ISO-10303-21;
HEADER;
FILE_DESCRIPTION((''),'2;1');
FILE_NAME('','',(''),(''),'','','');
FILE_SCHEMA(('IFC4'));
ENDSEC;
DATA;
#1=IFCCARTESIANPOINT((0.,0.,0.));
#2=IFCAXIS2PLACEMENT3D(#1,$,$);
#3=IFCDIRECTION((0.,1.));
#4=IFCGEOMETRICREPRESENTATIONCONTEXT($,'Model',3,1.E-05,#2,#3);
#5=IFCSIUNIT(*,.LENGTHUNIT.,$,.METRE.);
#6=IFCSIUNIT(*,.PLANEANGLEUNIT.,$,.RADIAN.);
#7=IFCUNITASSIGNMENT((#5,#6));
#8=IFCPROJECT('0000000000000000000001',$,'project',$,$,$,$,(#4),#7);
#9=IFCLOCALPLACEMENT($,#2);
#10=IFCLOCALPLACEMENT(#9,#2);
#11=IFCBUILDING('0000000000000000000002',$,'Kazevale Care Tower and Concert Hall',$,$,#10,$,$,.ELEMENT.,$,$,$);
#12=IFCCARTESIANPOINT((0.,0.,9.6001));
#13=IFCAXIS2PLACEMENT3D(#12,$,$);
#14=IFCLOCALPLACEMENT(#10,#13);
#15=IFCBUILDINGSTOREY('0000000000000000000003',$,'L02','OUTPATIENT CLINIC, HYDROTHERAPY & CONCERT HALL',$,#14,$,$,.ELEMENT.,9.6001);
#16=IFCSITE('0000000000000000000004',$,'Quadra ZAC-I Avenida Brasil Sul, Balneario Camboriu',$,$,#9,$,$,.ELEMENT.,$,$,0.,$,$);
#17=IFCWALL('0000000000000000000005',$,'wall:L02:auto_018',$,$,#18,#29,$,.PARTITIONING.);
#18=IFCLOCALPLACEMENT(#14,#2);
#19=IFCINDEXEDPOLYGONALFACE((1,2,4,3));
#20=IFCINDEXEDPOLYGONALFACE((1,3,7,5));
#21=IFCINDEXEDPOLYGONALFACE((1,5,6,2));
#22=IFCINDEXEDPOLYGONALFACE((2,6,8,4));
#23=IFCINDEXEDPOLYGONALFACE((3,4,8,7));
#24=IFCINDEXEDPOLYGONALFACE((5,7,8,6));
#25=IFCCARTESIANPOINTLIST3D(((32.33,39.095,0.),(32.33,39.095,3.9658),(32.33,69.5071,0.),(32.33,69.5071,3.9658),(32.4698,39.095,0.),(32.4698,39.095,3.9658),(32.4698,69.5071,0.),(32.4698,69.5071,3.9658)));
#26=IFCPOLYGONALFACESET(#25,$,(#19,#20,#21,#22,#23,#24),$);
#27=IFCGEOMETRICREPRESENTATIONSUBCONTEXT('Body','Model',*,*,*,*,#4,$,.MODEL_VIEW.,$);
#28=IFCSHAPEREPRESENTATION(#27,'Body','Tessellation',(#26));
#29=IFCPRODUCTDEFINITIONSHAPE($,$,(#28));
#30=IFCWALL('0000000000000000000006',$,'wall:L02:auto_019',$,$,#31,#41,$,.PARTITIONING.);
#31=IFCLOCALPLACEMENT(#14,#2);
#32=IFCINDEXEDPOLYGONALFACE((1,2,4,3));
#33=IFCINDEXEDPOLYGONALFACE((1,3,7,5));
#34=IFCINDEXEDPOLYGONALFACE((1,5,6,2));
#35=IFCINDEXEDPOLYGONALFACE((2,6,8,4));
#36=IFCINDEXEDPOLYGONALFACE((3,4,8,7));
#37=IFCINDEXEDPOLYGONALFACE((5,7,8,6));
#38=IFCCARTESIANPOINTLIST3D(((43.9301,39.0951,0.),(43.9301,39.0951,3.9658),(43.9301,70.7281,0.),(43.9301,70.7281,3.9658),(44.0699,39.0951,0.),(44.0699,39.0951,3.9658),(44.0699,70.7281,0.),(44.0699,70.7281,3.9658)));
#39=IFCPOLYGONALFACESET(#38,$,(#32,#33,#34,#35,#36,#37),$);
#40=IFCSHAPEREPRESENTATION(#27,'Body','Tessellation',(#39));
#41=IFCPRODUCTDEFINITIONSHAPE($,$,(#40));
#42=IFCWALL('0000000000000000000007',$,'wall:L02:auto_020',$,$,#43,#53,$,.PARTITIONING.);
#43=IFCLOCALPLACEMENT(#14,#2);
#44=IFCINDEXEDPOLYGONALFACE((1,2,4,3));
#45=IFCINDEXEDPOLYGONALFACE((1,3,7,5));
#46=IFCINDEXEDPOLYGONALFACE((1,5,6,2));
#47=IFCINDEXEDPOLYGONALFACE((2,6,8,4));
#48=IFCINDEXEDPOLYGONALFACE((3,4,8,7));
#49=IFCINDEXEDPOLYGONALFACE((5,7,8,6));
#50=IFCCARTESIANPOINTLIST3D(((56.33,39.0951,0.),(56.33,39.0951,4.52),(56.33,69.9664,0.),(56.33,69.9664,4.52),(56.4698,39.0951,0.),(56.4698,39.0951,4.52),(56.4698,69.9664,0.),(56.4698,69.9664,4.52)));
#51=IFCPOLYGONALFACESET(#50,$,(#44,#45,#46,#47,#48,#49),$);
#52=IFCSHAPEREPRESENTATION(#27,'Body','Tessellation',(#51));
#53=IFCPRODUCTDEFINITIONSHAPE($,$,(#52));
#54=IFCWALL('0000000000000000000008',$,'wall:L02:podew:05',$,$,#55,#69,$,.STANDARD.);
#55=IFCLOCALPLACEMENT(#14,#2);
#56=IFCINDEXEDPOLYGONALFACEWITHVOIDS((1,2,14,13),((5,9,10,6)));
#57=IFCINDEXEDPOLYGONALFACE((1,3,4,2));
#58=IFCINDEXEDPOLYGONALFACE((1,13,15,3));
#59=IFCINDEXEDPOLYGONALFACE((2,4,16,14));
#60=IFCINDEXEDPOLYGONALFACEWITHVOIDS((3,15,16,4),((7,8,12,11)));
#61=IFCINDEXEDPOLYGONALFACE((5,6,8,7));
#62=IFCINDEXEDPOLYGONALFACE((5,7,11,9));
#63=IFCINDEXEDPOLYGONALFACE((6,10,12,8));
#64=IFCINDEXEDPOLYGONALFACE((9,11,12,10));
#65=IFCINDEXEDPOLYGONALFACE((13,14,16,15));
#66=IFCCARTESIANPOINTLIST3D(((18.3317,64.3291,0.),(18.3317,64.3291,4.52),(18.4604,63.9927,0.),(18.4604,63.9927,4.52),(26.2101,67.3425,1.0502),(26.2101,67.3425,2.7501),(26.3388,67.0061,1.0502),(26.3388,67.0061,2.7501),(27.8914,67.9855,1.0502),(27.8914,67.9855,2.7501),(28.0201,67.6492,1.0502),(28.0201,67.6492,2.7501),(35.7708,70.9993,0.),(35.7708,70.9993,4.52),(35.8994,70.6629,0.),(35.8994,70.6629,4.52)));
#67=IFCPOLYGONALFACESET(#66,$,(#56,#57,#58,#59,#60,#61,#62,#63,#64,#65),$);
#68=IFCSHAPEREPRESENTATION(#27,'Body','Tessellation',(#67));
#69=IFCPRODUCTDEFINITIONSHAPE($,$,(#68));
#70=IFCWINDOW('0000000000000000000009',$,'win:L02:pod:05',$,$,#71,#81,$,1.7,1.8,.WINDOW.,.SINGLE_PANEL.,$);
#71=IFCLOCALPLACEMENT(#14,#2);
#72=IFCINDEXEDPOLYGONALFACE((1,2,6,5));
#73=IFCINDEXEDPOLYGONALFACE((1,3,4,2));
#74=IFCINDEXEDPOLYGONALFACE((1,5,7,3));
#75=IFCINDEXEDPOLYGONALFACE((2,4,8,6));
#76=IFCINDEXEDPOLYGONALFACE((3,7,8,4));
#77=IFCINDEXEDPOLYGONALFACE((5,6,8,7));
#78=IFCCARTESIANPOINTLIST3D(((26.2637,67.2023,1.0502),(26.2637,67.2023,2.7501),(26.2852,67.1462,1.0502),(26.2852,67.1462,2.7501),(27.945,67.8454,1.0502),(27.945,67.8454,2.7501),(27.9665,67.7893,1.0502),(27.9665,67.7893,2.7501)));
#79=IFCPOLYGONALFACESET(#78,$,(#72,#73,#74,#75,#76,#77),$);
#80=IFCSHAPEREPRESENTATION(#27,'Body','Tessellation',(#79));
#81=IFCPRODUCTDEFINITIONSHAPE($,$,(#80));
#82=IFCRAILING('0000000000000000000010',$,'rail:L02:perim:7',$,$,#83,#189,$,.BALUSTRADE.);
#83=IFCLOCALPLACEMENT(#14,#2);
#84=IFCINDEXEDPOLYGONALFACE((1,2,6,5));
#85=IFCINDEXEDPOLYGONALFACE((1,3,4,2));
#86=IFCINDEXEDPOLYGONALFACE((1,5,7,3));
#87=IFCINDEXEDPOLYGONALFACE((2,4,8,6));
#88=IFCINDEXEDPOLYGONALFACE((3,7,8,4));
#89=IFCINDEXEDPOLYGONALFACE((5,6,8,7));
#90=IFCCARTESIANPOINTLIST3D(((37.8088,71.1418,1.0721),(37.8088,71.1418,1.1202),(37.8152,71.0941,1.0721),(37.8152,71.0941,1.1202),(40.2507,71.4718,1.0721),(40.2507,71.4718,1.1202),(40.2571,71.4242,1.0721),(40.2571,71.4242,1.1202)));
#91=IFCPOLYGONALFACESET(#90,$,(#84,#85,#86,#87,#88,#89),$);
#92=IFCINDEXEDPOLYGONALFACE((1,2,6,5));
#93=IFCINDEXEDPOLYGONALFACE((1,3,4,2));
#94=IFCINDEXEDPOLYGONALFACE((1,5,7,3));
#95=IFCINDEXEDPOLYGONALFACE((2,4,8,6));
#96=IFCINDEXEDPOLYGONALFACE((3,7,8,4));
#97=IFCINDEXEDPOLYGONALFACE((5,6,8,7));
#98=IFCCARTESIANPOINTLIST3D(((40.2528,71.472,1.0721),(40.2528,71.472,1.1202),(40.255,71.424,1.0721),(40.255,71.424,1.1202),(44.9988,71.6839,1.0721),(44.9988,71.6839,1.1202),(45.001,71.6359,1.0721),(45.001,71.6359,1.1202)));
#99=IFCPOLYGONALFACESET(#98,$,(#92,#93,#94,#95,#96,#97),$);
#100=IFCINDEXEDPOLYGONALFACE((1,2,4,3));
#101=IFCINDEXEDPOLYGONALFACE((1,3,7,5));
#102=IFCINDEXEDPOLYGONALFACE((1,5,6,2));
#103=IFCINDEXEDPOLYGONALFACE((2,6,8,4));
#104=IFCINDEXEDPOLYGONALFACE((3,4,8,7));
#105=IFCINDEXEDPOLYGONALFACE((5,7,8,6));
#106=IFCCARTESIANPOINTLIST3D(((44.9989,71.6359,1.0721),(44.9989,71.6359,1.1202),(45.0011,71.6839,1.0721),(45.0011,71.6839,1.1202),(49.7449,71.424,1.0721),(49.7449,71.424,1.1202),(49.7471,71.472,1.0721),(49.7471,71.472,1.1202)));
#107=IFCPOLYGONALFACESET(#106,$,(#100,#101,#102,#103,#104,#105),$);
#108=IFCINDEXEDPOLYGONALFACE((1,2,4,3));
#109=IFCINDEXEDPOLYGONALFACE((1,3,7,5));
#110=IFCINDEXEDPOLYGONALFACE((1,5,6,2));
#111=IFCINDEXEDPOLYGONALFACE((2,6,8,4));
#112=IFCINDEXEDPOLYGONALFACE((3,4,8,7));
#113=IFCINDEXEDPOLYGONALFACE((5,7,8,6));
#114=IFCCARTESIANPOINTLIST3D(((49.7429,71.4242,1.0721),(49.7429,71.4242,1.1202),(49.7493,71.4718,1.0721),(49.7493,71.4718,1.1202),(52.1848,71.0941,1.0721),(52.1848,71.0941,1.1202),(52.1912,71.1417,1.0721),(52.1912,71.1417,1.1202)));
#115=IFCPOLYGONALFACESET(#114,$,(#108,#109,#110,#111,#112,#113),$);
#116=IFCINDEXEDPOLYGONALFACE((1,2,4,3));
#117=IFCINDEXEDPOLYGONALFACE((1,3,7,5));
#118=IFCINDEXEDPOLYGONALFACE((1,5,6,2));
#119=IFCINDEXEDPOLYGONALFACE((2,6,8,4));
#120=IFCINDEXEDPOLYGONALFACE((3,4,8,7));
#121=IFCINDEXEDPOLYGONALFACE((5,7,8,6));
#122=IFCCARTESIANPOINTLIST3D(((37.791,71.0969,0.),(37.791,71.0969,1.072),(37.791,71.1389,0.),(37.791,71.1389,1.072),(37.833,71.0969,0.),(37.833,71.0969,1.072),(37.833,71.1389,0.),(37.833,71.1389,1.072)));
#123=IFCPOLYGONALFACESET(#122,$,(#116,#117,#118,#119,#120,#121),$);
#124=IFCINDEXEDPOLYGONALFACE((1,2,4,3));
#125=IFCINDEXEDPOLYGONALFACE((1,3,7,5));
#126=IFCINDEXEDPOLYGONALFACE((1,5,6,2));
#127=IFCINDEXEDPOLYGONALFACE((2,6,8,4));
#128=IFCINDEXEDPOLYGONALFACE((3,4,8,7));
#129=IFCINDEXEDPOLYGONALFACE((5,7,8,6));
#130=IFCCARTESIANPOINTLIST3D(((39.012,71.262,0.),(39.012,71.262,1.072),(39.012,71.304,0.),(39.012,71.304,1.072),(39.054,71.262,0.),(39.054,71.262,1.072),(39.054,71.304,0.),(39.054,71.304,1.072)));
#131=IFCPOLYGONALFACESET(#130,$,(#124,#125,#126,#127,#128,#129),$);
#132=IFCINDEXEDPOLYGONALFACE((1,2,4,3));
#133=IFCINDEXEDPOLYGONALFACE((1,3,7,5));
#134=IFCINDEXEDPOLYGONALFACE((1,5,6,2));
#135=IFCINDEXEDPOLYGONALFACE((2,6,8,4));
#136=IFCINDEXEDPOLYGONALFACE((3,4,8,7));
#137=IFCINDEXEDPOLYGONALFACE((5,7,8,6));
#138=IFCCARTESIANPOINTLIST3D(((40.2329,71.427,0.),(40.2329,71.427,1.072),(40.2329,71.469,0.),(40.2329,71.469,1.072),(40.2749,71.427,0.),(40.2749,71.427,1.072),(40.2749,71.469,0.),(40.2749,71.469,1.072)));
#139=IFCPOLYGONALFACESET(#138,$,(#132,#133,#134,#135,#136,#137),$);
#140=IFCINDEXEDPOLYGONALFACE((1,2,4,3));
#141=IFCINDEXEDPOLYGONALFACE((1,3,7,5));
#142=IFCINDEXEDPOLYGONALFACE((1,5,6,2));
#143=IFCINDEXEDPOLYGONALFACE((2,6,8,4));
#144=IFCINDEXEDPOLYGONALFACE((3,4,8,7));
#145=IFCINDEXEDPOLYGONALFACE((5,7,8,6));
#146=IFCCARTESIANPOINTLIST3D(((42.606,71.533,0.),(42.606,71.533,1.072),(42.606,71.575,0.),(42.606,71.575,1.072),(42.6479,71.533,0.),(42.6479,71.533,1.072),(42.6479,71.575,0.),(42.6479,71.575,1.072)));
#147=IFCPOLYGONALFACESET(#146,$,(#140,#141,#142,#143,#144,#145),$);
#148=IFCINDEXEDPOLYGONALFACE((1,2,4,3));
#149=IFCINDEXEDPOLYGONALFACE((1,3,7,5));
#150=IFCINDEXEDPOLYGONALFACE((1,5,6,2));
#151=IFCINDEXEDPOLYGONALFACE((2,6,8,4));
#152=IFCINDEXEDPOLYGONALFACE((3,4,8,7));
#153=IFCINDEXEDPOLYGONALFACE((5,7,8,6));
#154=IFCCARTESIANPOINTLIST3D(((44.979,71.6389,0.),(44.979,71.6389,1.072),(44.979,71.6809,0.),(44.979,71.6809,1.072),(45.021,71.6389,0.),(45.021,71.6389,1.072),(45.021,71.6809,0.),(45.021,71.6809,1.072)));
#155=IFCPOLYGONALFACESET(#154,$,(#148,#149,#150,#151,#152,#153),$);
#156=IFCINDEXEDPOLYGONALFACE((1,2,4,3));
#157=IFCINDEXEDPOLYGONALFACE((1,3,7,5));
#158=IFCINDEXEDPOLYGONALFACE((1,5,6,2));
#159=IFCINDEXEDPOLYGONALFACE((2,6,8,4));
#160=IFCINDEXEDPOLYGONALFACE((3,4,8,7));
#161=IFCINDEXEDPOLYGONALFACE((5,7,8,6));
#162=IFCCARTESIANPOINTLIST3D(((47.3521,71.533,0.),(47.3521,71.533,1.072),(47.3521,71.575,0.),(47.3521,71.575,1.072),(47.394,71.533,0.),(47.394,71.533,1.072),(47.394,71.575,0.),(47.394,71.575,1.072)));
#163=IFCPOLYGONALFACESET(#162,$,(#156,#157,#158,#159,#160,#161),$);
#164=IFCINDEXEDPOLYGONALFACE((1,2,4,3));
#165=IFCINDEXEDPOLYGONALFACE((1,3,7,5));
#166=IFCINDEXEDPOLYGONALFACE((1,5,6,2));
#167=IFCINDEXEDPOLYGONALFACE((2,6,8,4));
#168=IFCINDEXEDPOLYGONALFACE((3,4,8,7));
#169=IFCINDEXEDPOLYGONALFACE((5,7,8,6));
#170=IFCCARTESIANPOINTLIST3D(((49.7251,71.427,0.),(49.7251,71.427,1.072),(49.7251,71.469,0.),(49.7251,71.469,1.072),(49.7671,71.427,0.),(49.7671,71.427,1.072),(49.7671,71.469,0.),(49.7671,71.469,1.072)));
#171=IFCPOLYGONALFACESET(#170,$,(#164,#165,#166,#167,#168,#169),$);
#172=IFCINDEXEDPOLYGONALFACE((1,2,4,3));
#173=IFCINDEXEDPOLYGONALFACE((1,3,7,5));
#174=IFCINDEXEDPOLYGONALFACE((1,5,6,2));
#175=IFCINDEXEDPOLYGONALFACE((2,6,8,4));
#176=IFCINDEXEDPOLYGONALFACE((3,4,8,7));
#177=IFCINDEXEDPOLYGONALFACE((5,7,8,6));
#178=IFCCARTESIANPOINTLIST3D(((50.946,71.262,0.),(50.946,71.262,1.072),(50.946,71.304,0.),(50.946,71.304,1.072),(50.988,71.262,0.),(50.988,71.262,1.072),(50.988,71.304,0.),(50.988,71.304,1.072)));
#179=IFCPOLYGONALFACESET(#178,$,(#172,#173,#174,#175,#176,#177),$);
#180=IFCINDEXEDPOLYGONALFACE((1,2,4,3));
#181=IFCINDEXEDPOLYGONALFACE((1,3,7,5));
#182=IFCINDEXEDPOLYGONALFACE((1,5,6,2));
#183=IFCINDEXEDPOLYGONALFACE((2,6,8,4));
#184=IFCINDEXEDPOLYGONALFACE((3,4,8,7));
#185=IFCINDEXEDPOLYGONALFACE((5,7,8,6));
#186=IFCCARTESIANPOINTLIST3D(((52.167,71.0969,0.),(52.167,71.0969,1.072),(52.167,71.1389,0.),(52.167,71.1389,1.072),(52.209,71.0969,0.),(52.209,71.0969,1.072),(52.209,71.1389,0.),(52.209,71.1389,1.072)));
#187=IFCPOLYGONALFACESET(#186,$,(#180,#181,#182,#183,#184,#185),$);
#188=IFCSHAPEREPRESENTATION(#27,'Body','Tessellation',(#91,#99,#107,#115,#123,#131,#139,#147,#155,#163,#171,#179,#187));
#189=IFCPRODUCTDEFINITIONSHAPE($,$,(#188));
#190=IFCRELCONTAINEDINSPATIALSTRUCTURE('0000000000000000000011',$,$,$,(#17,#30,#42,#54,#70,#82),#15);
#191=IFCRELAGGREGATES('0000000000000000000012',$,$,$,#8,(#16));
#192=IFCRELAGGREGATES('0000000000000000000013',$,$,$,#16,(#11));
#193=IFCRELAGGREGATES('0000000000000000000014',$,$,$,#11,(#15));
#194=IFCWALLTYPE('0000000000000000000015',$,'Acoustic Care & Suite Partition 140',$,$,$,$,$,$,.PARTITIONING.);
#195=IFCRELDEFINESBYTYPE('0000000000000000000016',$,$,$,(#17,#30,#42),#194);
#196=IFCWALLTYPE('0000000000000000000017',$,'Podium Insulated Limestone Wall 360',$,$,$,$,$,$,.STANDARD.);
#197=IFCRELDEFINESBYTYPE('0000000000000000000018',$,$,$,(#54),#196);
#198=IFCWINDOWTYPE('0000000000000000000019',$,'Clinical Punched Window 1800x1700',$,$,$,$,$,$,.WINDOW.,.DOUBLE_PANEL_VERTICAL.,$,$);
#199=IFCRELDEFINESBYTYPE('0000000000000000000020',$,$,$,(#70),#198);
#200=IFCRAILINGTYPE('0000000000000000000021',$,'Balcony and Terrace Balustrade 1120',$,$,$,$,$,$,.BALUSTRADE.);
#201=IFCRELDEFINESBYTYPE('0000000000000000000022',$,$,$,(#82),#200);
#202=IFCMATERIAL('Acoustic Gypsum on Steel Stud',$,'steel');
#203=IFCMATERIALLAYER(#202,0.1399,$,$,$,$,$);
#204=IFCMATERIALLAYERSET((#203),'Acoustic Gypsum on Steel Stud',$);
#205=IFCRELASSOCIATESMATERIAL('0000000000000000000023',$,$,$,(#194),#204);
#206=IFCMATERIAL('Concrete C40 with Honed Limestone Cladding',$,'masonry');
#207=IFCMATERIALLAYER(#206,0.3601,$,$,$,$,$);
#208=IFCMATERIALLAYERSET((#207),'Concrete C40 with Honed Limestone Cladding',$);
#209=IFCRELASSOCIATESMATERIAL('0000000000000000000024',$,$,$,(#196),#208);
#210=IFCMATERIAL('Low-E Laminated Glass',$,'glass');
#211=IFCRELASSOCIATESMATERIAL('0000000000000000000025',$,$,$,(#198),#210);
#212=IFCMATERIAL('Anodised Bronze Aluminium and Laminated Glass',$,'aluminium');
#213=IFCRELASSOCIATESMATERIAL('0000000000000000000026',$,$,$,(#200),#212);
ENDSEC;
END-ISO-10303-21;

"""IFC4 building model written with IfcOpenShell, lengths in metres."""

from ifc_helpers import new_model, si_unit, direction, frame, frame_2d, origin, origin_2d, place, context, subcontext, project, spatial, rectangle, extrude, material, layer, layer_set, type_object, element, fill, save


model = new_model("IFC4")

# Units and contexts
model_context = context("Model", 3, precision=1e-05, world=origin(), true_north=direction((0.0, 1.0)))
body_context = subcontext(model_context, "Body", "Model", "MODEL_VIEW")
ifc_project = project(units=[si_unit("LENGTHUNIT", "METRE"), si_unit("PLANEANGLEUNIT", "RADIAN")], contexts=[model_context])

# Site, building, storey
site_placement = place(None, origin())
site = spatial("IfcSite", under=ifc_project, at=site_placement, Name="Quadra ZAC-I Avenida Brasil Sul, Balneario Camboriu", CompositionType="ELEMENT", RefElevation=0.0)
building_placement = place(site_placement, origin())
building = spatial("IfcBuilding", under=site, at=building_placement, Name="Kazevale Care Tower and Concert Hall", CompositionType="ELEMENT")
storey_placement = place(building_placement, frame((0.0, 0.0, 9.6001)))
storey = spatial("IfcBuildingStorey", under=building, at=storey_placement, Name="L02", Description="OUTPATIENT CLINIC, HYDROTHERAPY & CONCERT HALL", CompositionType="ELEMENT", Elevation=9.6001)

# Shared definitions
ifc_material_1 = material(Name="Low-E Laminated Glass", Category="glass")

# Walls
ifc_material_2 = material(Name="Acoustic Gypsum on Steel Stud", Category="steel")
ifc_layer_1 = layer(ifc_material_2, 0.1399)
ifc_layer_set_1 = layer_set([ifc_layer_1], Name="Acoustic Gypsum on Steel Stud")
wall_type_1 = type_object("IfcWallType", Name="Acoustic Care & Suite Partition 140", PredefinedType="PARTITIONING", material=ifc_layer_set_1)
wall_1_placement = place(storey_placement, frame((32.3999, 69.5071, 0.0), z_axis=(0.0, 0.0, 1.0), x_axis=(0.0, -1.0, 0.0)))
element("IfcWall", 1, at=wall_1_placement, inside=storey, type_object=wall_type_1, Name="wall:L02:auto_018", PredefinedType="PARTITIONING", context=body_context, shape_type="SweptSolid", body=[
    extrude(rectangle(XDim=30.4121, YDim=0.1399, at=frame_2d((15.2061, 0.0))), origin(), (0.0, 0.0, 1.0), 3.9658),
])
wall_2_placement = place(storey_placement, frame((44.0, 70.728, 0.0), z_axis=(0.0, 0.0, 1.0), x_axis=(0.0, -1.0, 0.0)))
element("IfcWall", 2, at=wall_2_placement, inside=storey, type_object=wall_type_1, Name="wall:L02:auto_019", PredefinedType="PARTITIONING", context=body_context, shape_type="SweptSolid", body=[
    extrude(rectangle(XDim=31.6331, YDim=0.1399, at=frame_2d((15.8164, 0.0))), origin(), (0.0, 0.0, 1.0), 3.9658),
])
wall_3_placement = place(storey_placement, frame((56.3999, 69.9663, 0.0), z_axis=(0.0, 0.0, 1.0), x_axis=(0.0, -1.0, 0.0)))
element("IfcWall", 3, at=wall_3_placement, inside=storey, type_object=wall_type_1, Name="wall:L02:auto_020", PredefinedType="PARTITIONING", context=body_context, shape_type="SweptSolid", body=[
    extrude(rectangle(XDim=30.8713, YDim=0.1399, at=frame_2d((15.4355, 0.0))), origin(), (0.0, 0.0, 1.0), 4.52),
])

# Wall, opening, window
ifc_material_3 = material(Name="Concrete C40 with Honed Limestone Cladding", Category="masonry")
ifc_layer_2 = layer(ifc_material_3, 0.3601)
ifc_layer_set_2 = layer_set([ifc_layer_2], Name="Concrete C40 with Honed Limestone Cladding")
wall_type_2 = type_object("IfcWallType", Name="Podium Insulated Limestone Wall 360", PredefinedType="STANDARD", material=ifc_layer_set_2)
wall_4_placement = place(storey_placement, frame((35.835, 70.8311, 0.0), z_axis=(0.0, 0.0, 1.0), x_axis=(-0.93401, -0.357246, 0.0)))
wall_4 = element("IfcWall", 4, at=wall_4_placement, inside=storey, type_object=wall_type_2, Name="wall:L02:podew:05", PredefinedType="STANDARD", context=body_context, shape_type="SweptSolid", body=[
    extrude(rectangle(XDim=18.6711, YDim=0.3601, at=frame_2d((9.3354, 0.0))), origin(), (0.0, 0.0, 1.0), 4.52),
])
opening_placement = place(wall_4_placement, frame((8.436, 0.0, 1.05)))
opening = element("IfcOpeningElement", 5, at=opening_placement, cuts=wall_4, PredefinedType="OPENING", context=body_context, shape_type="SweptSolid", body=[
    extrude(rectangle(XDim=1.8, YDim=1.7, at=frame_2d((0.8999, 0.8501))), frame((0.0, 0.1899, 0.0), z_axis=(0.0, -1.0, 0.0), x_axis=(1.0, 0.0, 0.0)), (0.0, 0.0, 1.0), 0.3801),
])
window_type = type_object("IfcWindowType", Name="Clinical Punched Window 1800x1700", PartitioningType="DOUBLE_PANEL_VERTICAL", PredefinedType="WINDOW", material=ifc_material_1)
window_placement = place(opening_placement, origin())
window = element("IfcWindow", 6, at=window_placement, inside=storey, type_object=window_type, Name="win:L02:pod:05", OverallHeight=1.7, OverallWidth=1.8, PartitioningType="SINGLE_PANEL", PredefinedType="WINDOW", context=body_context, shape_type="SweptSolid", body=[
    extrude(rectangle(XDim=1.8, YDim=1.7, at=frame_2d((0.8999, 0.8501))), frame((0.0, 0.03, 0.0), z_axis=(0.0, -1.0, 0.0), x_axis=(1.0, 0.0, 0.0)), (0.0, 0.0, 1.0), 0.0601),
])
fill(opening, window)

# Railing
ifc_material_4 = material(Name="Anodised Bronze Aluminium and Laminated Glass", Category="aluminium")
railing_type = type_object("IfcRailingType", Name="Balcony and Terrace Balustrade 1120", PredefinedType="BALUSTRADE", material=ifc_material_4)
railing_1_placement = place(storey_placement, frame((37.812, 71.1179, 0.0)))
element("IfcRailing", 7, at=railing_1_placement, inside=storey, type_object=railing_type, Name="rail:L02:perim:7", PredefinedType="BALUSTRADE", context=body_context, shape_type="SweptSolid", body=[
    extrude(rectangle(XDim=0.0481, YDim=0.0481, at=origin_2d()), frame((0.0, 0.0, 1.0962), z_axis=(0.990987, 0.133955, 0.0), x_axis=(-0.133955, 0.990987, 0.0)), (0.0, 0.0, 1.0), 2.4641),
    extrude(rectangle(XDim=0.0481, YDim=0.0481, at=origin_2d()), frame((2.4419, 0.3301, 1.0962), z_axis=(0.999005, 0.044606, 0.0), x_axis=(-0.044606, 0.999005, 0.0)), (0.0, 0.0, 1.0), 4.7507),
    extrude(rectangle(XDim=0.0481, YDim=0.0481, at=origin_2d()), frame((7.188, 0.542, 1.0962), z_axis=(0.999005, -0.044606, 0.0), x_axis=(0.044606, 0.999005, 0.0)), (0.0, 0.0, 1.0), 4.7507),
    extrude(rectangle(XDim=0.0481, YDim=0.0481, at=origin_2d()), frame((11.9341, 0.3301, 1.0962), z_axis=(0.990987, -0.133955, 0.0), x_axis=(0.133955, 0.990987, 0.0)), (0.0, 0.0, 1.0), 2.4641),
    extrude(rectangle(XDim=0.042, YDim=0.042, at=origin_2d()), origin(), (0.0, 0.0, 1.0), 1.072),
    extrude(rectangle(XDim=0.042, YDim=0.042, at=origin_2d()), frame((1.2209, 0.165, 0.0)), (0.0, 0.0, 1.0), 1.072),
    extrude(rectangle(XDim=0.042, YDim=0.042, at=origin_2d()), frame((2.4419, 0.3301, 0.0)), (0.0, 0.0, 1.0), 1.072),
    extrude(rectangle(XDim=0.042, YDim=0.042, at=origin_2d()), frame((4.8149, 0.436, 0.0)), (0.0, 0.0, 1.0), 1.072),
    extrude(rectangle(XDim=0.042, YDim=0.042, at=origin_2d()), frame((7.188, 0.542, 0.0)), (0.0, 0.0, 1.0), 1.072),
    extrude(rectangle(XDim=0.042, YDim=0.042, at=origin_2d()), frame((9.561, 0.436, 0.0)), (0.0, 0.0, 1.0), 1.072),
    extrude(rectangle(XDim=0.042, YDim=0.042, at=origin_2d()), frame((11.9341, 0.3301, 0.0)), (0.0, 0.0, 1.0), 1.072),
    extrude(rectangle(XDim=0.042, YDim=0.042, at=origin_2d()), frame((13.155, 0.165, 0.0)), (0.0, 0.0, 1.0), 1.072),
    extrude(rectangle(XDim=0.042, YDim=0.042, at=origin_2d()), frame((14.376, 0.0, 0.0)), (0.0, 0.0, 1.0), 1.072),
])

save(model, "model.ifc")
